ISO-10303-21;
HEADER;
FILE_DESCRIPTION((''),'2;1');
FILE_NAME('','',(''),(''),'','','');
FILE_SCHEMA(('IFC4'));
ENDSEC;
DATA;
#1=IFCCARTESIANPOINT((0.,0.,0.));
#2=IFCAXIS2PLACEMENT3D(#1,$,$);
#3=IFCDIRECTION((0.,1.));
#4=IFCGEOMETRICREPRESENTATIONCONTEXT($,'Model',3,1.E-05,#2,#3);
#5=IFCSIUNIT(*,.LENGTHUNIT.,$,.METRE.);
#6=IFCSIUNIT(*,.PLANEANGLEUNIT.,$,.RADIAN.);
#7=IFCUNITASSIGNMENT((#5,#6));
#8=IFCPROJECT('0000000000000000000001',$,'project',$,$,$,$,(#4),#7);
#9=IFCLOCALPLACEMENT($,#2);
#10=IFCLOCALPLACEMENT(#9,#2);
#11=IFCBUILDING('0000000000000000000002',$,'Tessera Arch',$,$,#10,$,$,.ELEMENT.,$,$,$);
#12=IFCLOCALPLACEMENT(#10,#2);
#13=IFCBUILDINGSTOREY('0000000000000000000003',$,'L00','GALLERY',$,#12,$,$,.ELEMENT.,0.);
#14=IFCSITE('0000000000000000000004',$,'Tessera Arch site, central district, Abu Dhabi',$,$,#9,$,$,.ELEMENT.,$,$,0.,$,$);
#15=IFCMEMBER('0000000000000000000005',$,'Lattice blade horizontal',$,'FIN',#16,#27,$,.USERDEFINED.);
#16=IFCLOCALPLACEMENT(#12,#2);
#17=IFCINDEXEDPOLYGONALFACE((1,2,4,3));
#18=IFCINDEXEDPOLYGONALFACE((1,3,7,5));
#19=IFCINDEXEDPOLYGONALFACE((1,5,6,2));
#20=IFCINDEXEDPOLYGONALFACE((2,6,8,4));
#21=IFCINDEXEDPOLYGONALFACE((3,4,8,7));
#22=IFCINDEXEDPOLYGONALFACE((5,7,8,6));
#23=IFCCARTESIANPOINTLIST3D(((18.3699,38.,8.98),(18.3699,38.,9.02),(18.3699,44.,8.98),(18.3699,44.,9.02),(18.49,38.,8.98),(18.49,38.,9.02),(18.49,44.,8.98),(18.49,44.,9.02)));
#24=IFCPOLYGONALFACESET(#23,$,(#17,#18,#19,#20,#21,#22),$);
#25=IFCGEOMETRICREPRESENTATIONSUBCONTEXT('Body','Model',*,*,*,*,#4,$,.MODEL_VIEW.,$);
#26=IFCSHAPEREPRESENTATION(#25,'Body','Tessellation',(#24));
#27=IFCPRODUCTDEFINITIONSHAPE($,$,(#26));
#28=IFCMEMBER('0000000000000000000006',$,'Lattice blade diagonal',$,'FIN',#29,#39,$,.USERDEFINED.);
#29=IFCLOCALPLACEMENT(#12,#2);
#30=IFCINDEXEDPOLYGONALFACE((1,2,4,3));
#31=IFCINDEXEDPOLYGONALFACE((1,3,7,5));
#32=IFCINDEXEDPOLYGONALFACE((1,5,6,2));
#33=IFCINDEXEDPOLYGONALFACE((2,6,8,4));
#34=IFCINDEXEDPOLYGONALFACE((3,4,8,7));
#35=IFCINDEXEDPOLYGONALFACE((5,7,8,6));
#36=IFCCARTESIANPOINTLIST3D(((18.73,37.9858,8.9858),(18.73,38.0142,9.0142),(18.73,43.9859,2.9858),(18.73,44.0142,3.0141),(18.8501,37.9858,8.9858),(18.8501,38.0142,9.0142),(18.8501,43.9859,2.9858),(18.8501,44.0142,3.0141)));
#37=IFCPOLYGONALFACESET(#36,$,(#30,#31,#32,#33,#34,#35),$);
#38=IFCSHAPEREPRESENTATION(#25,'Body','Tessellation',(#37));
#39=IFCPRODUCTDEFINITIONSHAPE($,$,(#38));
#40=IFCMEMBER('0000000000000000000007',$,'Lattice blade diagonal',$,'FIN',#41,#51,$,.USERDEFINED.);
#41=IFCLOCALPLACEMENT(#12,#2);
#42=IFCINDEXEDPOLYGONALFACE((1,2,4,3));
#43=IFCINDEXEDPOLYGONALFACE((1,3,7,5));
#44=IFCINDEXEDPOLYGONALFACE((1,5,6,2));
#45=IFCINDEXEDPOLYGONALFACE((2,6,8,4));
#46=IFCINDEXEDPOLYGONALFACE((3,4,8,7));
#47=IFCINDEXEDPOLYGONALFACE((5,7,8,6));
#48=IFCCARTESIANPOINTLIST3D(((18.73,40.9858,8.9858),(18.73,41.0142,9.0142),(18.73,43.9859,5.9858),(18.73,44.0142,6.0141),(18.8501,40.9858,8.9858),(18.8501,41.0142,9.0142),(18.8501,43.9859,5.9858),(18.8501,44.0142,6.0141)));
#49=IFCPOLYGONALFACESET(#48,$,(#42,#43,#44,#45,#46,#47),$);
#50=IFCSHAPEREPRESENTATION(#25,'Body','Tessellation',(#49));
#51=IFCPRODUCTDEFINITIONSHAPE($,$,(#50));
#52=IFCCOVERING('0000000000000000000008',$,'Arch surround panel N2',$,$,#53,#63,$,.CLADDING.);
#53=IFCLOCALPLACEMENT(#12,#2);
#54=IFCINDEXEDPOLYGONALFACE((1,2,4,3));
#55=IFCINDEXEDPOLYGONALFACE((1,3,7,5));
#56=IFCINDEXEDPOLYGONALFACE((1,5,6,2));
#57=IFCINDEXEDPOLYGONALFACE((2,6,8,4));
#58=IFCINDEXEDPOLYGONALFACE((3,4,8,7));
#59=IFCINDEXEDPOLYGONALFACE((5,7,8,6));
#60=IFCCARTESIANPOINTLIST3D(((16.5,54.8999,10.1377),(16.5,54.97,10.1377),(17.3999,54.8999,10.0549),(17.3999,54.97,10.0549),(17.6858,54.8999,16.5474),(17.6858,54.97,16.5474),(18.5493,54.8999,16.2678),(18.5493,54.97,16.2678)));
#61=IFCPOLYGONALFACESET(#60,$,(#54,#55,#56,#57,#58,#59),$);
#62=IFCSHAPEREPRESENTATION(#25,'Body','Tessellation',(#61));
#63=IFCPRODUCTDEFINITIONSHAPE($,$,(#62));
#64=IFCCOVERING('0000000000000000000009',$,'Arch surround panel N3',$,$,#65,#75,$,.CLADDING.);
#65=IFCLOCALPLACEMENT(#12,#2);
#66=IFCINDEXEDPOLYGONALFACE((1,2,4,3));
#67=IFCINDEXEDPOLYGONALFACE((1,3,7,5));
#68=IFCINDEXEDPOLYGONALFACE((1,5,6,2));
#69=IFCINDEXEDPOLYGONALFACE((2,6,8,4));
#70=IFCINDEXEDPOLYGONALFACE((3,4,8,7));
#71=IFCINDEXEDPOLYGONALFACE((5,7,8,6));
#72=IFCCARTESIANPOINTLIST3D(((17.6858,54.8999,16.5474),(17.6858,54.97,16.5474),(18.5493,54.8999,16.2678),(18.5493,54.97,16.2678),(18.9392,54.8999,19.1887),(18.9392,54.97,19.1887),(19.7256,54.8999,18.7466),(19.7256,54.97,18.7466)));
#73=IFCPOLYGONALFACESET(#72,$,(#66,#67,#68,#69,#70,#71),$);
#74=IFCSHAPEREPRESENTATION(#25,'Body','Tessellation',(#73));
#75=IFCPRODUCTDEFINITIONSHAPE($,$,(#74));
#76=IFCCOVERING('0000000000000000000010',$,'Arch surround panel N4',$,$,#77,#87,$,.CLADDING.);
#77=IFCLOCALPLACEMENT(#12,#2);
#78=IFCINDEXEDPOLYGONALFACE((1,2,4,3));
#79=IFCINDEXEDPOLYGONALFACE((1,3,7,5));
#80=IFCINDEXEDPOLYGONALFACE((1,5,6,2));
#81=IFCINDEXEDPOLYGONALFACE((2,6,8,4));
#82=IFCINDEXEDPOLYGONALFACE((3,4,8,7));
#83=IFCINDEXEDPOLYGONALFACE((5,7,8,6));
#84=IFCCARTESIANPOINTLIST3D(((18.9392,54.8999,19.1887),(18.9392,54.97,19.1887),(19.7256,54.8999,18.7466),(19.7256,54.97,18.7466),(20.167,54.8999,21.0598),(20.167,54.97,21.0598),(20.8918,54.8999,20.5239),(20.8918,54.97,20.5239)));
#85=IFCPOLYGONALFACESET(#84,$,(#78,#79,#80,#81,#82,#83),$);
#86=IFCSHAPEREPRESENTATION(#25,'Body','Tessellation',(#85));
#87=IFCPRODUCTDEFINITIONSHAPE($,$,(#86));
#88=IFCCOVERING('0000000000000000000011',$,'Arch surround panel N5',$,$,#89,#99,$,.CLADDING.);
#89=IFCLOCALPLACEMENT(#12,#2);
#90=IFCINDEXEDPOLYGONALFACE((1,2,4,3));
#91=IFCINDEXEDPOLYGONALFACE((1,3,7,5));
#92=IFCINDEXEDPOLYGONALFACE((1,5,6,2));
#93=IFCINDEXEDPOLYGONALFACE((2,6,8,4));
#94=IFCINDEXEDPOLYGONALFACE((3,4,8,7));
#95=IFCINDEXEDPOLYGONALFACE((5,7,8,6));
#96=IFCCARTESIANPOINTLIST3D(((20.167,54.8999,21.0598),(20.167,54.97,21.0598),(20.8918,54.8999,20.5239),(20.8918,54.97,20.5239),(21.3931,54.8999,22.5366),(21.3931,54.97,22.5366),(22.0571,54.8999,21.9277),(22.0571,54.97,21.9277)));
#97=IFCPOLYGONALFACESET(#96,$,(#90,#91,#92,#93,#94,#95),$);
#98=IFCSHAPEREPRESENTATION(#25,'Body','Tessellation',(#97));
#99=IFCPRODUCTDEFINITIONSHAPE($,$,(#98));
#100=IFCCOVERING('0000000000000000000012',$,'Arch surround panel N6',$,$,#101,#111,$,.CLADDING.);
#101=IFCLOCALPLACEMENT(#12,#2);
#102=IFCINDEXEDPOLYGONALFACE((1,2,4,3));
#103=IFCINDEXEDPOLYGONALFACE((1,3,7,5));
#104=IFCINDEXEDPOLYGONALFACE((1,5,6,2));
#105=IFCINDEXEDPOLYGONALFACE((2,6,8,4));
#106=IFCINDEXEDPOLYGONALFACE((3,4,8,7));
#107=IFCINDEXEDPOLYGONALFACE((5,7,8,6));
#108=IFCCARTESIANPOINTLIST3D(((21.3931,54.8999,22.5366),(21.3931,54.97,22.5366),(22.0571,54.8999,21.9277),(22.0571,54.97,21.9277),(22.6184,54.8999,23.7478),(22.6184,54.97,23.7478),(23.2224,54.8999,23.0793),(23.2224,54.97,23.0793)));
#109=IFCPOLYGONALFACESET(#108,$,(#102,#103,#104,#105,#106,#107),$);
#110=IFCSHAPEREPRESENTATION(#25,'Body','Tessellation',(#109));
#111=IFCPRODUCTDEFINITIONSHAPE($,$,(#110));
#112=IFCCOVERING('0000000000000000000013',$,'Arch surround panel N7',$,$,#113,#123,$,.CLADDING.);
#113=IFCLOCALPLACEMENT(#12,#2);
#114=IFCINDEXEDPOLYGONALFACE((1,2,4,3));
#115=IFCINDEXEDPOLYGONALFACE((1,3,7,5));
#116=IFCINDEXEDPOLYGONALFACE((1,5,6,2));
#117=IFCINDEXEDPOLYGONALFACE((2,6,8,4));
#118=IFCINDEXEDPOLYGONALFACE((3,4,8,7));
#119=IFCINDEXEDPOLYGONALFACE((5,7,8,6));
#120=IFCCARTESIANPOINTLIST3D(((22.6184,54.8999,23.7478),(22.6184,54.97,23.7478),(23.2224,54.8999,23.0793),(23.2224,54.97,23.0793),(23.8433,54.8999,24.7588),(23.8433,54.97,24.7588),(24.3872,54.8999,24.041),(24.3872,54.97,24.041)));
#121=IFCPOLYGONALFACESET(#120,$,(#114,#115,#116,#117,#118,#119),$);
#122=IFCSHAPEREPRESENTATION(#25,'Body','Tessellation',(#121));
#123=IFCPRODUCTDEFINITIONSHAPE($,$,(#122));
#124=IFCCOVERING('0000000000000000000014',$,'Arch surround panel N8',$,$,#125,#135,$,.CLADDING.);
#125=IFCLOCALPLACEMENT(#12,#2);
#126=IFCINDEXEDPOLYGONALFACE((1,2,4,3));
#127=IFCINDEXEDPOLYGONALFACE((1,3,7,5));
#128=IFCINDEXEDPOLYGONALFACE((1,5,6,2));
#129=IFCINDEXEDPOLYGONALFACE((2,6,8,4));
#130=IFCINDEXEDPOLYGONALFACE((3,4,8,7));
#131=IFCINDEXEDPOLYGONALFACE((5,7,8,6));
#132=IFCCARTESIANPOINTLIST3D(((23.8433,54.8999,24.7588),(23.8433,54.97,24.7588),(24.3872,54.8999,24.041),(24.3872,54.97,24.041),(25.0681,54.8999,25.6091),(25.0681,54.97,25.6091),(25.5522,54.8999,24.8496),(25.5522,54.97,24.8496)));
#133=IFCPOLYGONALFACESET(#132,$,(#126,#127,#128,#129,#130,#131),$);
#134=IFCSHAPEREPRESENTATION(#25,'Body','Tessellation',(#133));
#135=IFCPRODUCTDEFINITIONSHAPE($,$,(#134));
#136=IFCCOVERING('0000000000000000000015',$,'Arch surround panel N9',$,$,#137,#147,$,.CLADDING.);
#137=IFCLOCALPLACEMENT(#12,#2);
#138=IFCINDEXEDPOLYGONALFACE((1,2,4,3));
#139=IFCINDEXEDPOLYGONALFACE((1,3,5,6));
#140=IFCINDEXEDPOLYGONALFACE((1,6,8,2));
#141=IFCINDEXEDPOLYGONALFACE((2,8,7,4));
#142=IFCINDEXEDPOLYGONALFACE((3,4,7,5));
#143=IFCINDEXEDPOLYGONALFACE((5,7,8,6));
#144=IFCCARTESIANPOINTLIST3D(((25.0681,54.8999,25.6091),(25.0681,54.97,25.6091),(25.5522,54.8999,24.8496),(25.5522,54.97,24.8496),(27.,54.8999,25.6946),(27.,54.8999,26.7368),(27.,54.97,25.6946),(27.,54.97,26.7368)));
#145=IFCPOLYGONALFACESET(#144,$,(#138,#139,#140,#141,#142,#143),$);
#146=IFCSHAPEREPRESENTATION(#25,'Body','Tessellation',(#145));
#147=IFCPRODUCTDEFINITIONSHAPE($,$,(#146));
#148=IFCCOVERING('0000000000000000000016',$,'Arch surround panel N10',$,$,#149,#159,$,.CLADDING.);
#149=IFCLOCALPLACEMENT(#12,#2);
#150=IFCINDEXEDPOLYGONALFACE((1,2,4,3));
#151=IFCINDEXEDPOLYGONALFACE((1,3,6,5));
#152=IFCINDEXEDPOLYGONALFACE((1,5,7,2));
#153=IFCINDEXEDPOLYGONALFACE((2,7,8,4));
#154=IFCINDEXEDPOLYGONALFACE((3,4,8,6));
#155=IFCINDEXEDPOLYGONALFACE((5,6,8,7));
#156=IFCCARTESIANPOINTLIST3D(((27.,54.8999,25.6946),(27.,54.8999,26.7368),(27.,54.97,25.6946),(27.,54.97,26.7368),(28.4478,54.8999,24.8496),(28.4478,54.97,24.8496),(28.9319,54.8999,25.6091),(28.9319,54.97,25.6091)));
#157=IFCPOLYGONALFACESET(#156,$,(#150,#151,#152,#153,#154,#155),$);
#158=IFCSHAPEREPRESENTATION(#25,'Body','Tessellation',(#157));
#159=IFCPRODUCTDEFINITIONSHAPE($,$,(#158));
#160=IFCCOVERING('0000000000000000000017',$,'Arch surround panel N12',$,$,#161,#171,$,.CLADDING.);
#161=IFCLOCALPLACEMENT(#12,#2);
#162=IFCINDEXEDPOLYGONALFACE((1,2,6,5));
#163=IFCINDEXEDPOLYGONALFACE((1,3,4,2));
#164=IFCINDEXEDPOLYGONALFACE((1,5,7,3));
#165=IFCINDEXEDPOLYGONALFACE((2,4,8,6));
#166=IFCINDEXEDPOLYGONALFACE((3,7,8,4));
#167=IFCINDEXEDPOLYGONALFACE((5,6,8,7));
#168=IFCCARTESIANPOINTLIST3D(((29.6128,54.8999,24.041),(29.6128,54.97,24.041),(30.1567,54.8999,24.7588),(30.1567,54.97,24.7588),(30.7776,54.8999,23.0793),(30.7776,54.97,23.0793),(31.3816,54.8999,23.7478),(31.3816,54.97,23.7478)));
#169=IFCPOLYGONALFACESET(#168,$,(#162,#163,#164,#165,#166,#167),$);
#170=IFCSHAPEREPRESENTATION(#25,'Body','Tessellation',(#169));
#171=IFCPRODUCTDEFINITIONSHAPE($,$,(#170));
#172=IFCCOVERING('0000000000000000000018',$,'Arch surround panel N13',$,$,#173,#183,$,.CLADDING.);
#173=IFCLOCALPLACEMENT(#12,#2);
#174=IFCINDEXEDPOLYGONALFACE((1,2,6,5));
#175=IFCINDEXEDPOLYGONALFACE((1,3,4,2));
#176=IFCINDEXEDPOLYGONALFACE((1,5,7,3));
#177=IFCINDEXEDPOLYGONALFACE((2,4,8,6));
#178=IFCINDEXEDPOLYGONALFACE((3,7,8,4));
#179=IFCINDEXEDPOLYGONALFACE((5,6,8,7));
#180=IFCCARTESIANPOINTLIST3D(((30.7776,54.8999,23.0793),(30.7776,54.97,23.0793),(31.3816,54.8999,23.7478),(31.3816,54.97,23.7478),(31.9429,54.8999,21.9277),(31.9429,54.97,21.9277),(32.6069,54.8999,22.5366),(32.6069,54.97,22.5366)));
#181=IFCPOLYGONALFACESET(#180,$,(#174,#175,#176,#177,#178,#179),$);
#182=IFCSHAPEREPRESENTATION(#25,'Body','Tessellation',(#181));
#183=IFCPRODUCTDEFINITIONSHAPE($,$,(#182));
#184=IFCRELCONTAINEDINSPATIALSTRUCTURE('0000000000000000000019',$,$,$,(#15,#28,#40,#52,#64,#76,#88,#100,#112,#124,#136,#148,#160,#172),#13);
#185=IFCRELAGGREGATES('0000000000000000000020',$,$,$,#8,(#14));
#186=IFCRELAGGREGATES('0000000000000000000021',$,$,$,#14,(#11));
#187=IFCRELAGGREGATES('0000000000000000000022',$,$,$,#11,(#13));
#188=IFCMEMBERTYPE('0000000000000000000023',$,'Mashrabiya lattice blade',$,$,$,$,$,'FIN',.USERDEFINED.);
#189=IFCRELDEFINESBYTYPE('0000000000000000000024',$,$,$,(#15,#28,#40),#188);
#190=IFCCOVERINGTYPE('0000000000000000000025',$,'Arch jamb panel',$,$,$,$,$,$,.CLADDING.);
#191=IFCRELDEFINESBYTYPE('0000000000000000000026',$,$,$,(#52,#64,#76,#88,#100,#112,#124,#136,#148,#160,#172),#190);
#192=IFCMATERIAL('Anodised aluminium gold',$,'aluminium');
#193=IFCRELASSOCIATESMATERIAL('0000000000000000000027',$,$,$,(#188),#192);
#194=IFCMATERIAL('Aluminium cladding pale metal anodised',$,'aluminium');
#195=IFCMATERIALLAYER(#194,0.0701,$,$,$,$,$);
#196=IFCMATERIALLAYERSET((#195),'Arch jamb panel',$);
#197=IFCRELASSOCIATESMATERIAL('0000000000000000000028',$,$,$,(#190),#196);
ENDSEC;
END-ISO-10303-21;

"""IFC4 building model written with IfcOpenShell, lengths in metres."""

from ifc_helpers import new_model, si_unit, direction, frame, origin, origin_2d, place, context, subcontext, project, spatial, polyline, rectangle, outline, extrude, material, layer, layer_set, material_profile, profile_set, type_object, element, save


model = new_model("IFC4")

# Units and contexts
model_context = context("Model", 3, precision=1e-05, world=origin(), true_north=direction((0.0, 1.0)))
body_context = subcontext(model_context, "Body", "Model", "MODEL_VIEW")
ifc_project = project(units=[si_unit("LENGTHUNIT", "METRE"), si_unit("PLANEANGLEUNIT", "RADIAN")], contexts=[model_context])

# Site, building, storey
site_placement = place(None, origin())
site = spatial("IfcSite", under=ifc_project, at=site_placement, Name="Tessera Arch site, central district, Abu Dhabi", CompositionType="ELEMENT", RefElevation=0.0)
building_placement = place(site_placement, origin())
building = spatial("IfcBuilding", under=site, at=building_placement, Name="Tessera Arch", CompositionType="ELEMENT")
storey_placement = place(building_placement, origin())
storey = spatial("IfcBuildingStorey", under=building, at=storey_placement, Name="L00", Description="GALLERY", CompositionType="ELEMENT", Elevation=0.0)

# Members
ifc_material_1 = material(Name="Anodised aluminium gold", Category="aluminium")
ifc_material_profile = material_profile(ifc_material_1, rectangle(XDim=0.1201, YDim=0.04, at=origin_2d()), Name="AL 40x120")
ifc_profile_set = profile_set([ifc_material_profile], Name="Anodised aluminium gold")
member_type = type_object("IfcMemberType", Name="Mashrabiya lattice blade", ElementType="FIN", PredefinedType="USERDEFINED", material=ifc_profile_set)
member_1_placement = place(storey_placement, frame((18.4299, 38.0, 9.0), z_axis=(0.0, 1.0, 0.0), x_axis=(-1.0, 0.0, 0.0)))
element("IfcMember", 1, at=member_1_placement, inside=storey, type_object=member_type, Name="Lattice blade horizontal", ObjectType="FIN", PredefinedType="USERDEFINED", context=body_context, shape_type="SweptSolid", body=[
    extrude(rectangle(XDim=0.1201, YDim=0.04, at=origin_2d()), origin(), (0.0, 0.0, 1.0), 6.0),
])
member_2_placement = place(storey_placement, frame((18.79, 38.0, 9.0), z_axis=(0.0, 0.707107, -0.707107), x_axis=(-1.0, 0.0, 0.0)))
element("IfcMember", 2, at=member_2_placement, inside=storey, type_object=member_type, Name="Lattice blade diagonal", ObjectType="FIN", PredefinedType="USERDEFINED", context=body_context, shape_type="SweptSolid", body=[
    extrude(rectangle(XDim=0.1201, YDim=0.04, at=origin_2d()), origin(), (0.0, 0.0, 1.0), 8.4854),
])
member_3_placement = place(storey_placement, frame((18.79, 41.0, 9.0), z_axis=(0.0, 0.707107, -0.707107), x_axis=(-1.0, 0.0, 0.0)))
element("IfcMember", 3, at=member_3_placement, inside=storey, type_object=member_type, Name="Lattice blade diagonal", ObjectType="FIN", PredefinedType="USERDEFINED", context=body_context, shape_type="SweptSolid", body=[
    extrude(rectangle(XDim=0.1201, YDim=0.04, at=origin_2d()), origin(), (0.0, 0.0, 1.0), 4.2427),
])

# Coverings
ifc_material_2 = material(Name="Aluminium cladding pale metal anodised", Category="aluminium")
ifc_layer = layer(ifc_material_2, 0.0701)
ifc_layer_set = layer_set([ifc_layer], Name="Arch jamb panel")
covering_type = type_object("IfcCoveringType", Name="Arch jamb panel", PredefinedType="CLADDING", material=ifc_layer_set)
covering_1_placement = place(storey_placement, frame((17.3999, 54.8999, 10.0549), z_axis=(0.0, -1.0, 0.0), x_axis=(0.181918, 0.0, 0.983314)))
element("IfcCovering", 4, at=covering_1_placement, inside=storey, type_object=covering_type, Name="Arch surround panel N2", PredefinedType="CLADDING", context=body_context, shape_type="SweptSolid", body=[
    extrude(outline(polyline([(0.0, 0.0), (6.3183, 0.0), (6.4361, 0.9), (-0.0823, 0.8999), (0.0, 0.0)])), origin(), (0.0, 0.0, -1.0), 0.0701),
])
covering_2_placement = place(storey_placement, frame((18.5493, 54.8999, 16.2678), z_axis=(0.0, -1.0, 0.0), x_axis=(0.428717, 0.0, 0.903439)))
element("IfcCovering", 5, at=covering_2_placement, inside=storey, type_object=covering_type, Name="Arch surround panel N3", PredefinedType="CLADDING", context=body_context, shape_type="SweptSolid", body=[
    extrude(outline(polyline([(0.0, 0.0), (2.7437, 0.0), (2.806, 0.9), (-0.1177, 0.9), (0.0, 0.0)])), origin(), (0.0, 0.0, -1.0), 0.0701),
])
covering_3_placement = place(storey_placement, frame((19.7256, 54.8999, 18.7466), z_axis=(0.0, -1.0, 0.0), x_axis=(0.548616, 0.0, 0.836074)))
element("IfcCovering", 6, at=covering_3_placement, inside=storey, type_object=covering_type, Name="Arch surround panel N4", PredefinedType="CLADDING", context=body_context, shape_type="SweptSolid", body=[
    extrude(outline(polyline([(0.0, 0.0), (2.1258, 0.0), (2.1762, 0.9), (-0.0618, 0.9), (0.0, 0.0)])), origin(), (0.0, 0.0, -1.0), 0.0701),
])
covering_4_placement = place(storey_placement, frame((20.8918, 54.8999, 20.5239), z_axis=(0.0, -1.0, 0.0), x_axis=(0.638709, 0.0, 0.769448)))
element("IfcCovering", 7, at=covering_4_placement, inside=storey, type_object=covering_type, Name="Arch surround panel N5", PredefinedType="CLADDING", context=body_context, shape_type="SweptSolid", body=[
    extrude(outline(polyline([(0.0, 0.0), (1.8244, 0.0), (1.8688, 0.8999), (-0.0506, 0.9), (0.0, 0.0)])), origin(), (0.0, 0.0, -1.0), 0.0701),
])
covering_5_placement = place(storey_placement, frame((22.0571, 54.8999, 21.9277), z_axis=(0.0, -1.0, 0.0), x_axis=(0.711267, 0.0, 0.702922)))
element("IfcCovering", 8, at=covering_5_placement, inside=storey, type_object=covering_type, Name="Arch surround panel N6", PredefinedType="CLADDING", context=body_context, shape_type="SweptSolid", body=[
    extrude(outline(polyline([(0.0, 0.0), (1.6383, 0.0), (1.6786, 0.9), (-0.0443, 0.8999), (0.0, 0.0)])), origin(), (0.0, 0.0, -1.0), 0.0701),
])
covering_6_placement = place(storey_placement, frame((23.2224, 54.8999, 23.0793), z_axis=(0.0, -1.0, 0.0), x_axis=(0.771141, 0.0, 0.636664)))
element("IfcCovering", 9, at=covering_6_placement, inside=storey, type_object=covering_type, Name="Arch surround panel N7", PredefinedType="CLADDING", context=body_context, shape_type="SweptSolid", body=[
    extrude(outline(polyline([(0.0, 0.0), (1.5105, 0.0), (1.548, 0.8998), (-0.0402, 0.9), (0.0, 0.0)])), origin(), (0.0, 0.0, -1.0), 0.0701),
])
covering_7_placement = place(storey_placement, frame((24.3872, 54.8999, 24.041), z_axis=(0.0, -1.0, 0.0), x_axis=(0.821522, 0.0, 0.570176)))
element("IfcCovering", 10, at=covering_7_placement, inside=storey, type_object=covering_type, Name="Arch surround panel N8", PredefinedType="CLADDING", context=body_context, shape_type="SweptSolid", body=[
    extrude(outline(polyline([(0.0, 0.0), (1.4181, 0.0), (1.4535, 0.9), (-0.0376, 0.8998), (0.0, 0.0)])), origin(), (0.0, 0.0, -1.0), 0.0701),
])
covering_8_placement = place(storey_placement, frame((25.5522, 54.8999, 24.8496), z_axis=(0.0, -1.0, 0.0), x_axis=(0.863663, 0.0, 0.50407)))
element("IfcCovering", 11, at=covering_8_placement, inside=storey, type_object=covering_type, Name="Arch surround panel N9", PredefinedType="CLADDING", context=body_context, shape_type="SweptSolid", body=[
    extrude(outline(polyline([(0.0, 0.0), (1.6763, 0.0), (2.2017, 0.9001), (-0.0353, 0.9), (0.0, 0.0)])), origin(), (0.0, 0.0, -1.0), 0.0701),
])
covering_9_placement = place(storey_placement, frame((27.0, 54.8999, 25.6946), z_axis=(0.0, -1.0, 0.0), x_axis=(0.863663, 0.0, -0.50407)))
element("IfcCovering", 12, at=covering_9_placement, inside=storey, type_object=covering_type, Name="Arch surround panel N10", PredefinedType="CLADDING", context=body_context, shape_type="SweptSolid", body=[
    extrude(outline(polyline([(0.0, 0.0), (1.6763, 0.0), (1.7116, 0.9), (-0.5254, 0.9001), (0.0, 0.0)])), origin(), (0.0, 0.0, -1.0), 0.0701),
])
covering_10_placement = place(storey_placement, frame((29.6128, 54.8999, 24.041), z_axis=(0.0, -1.0, 0.0), x_axis=(0.771141, 0.0, -0.636664)))
element("IfcCovering", 13, at=covering_10_placement, inside=storey, type_object=covering_type, Name="Arch surround panel N12", PredefinedType="CLADDING", context=body_context, shape_type="SweptSolid", body=[
    extrude(outline(polyline([(0.0, 0.0), (1.5105, 0.0), (1.5507, 0.9), (-0.0375, 0.8998), (0.0, 0.0)])), origin(), (0.0, 0.0, -1.0), 0.0701),
])
covering_11_placement = place(storey_placement, frame((30.7776, 54.8999, 23.0793), z_axis=(0.0, -1.0, 0.0), x_axis=(0.711267, 0.0, -0.702922)))
element("IfcCovering", 14, at=covering_11_placement, inside=storey, type_object=covering_type, Name="Arch surround panel N13", PredefinedType="CLADDING", context=body_context, shape_type="SweptSolid", body=[
    extrude(outline(polyline([(0.0, 0.0), (1.6383, 0.0), (1.6826, 0.8999), (-0.0403, 0.9), (0.0, 0.0)])), origin(), (0.0, 0.0, -1.0), 0.0701),
])

save(model, "model.ifc")
